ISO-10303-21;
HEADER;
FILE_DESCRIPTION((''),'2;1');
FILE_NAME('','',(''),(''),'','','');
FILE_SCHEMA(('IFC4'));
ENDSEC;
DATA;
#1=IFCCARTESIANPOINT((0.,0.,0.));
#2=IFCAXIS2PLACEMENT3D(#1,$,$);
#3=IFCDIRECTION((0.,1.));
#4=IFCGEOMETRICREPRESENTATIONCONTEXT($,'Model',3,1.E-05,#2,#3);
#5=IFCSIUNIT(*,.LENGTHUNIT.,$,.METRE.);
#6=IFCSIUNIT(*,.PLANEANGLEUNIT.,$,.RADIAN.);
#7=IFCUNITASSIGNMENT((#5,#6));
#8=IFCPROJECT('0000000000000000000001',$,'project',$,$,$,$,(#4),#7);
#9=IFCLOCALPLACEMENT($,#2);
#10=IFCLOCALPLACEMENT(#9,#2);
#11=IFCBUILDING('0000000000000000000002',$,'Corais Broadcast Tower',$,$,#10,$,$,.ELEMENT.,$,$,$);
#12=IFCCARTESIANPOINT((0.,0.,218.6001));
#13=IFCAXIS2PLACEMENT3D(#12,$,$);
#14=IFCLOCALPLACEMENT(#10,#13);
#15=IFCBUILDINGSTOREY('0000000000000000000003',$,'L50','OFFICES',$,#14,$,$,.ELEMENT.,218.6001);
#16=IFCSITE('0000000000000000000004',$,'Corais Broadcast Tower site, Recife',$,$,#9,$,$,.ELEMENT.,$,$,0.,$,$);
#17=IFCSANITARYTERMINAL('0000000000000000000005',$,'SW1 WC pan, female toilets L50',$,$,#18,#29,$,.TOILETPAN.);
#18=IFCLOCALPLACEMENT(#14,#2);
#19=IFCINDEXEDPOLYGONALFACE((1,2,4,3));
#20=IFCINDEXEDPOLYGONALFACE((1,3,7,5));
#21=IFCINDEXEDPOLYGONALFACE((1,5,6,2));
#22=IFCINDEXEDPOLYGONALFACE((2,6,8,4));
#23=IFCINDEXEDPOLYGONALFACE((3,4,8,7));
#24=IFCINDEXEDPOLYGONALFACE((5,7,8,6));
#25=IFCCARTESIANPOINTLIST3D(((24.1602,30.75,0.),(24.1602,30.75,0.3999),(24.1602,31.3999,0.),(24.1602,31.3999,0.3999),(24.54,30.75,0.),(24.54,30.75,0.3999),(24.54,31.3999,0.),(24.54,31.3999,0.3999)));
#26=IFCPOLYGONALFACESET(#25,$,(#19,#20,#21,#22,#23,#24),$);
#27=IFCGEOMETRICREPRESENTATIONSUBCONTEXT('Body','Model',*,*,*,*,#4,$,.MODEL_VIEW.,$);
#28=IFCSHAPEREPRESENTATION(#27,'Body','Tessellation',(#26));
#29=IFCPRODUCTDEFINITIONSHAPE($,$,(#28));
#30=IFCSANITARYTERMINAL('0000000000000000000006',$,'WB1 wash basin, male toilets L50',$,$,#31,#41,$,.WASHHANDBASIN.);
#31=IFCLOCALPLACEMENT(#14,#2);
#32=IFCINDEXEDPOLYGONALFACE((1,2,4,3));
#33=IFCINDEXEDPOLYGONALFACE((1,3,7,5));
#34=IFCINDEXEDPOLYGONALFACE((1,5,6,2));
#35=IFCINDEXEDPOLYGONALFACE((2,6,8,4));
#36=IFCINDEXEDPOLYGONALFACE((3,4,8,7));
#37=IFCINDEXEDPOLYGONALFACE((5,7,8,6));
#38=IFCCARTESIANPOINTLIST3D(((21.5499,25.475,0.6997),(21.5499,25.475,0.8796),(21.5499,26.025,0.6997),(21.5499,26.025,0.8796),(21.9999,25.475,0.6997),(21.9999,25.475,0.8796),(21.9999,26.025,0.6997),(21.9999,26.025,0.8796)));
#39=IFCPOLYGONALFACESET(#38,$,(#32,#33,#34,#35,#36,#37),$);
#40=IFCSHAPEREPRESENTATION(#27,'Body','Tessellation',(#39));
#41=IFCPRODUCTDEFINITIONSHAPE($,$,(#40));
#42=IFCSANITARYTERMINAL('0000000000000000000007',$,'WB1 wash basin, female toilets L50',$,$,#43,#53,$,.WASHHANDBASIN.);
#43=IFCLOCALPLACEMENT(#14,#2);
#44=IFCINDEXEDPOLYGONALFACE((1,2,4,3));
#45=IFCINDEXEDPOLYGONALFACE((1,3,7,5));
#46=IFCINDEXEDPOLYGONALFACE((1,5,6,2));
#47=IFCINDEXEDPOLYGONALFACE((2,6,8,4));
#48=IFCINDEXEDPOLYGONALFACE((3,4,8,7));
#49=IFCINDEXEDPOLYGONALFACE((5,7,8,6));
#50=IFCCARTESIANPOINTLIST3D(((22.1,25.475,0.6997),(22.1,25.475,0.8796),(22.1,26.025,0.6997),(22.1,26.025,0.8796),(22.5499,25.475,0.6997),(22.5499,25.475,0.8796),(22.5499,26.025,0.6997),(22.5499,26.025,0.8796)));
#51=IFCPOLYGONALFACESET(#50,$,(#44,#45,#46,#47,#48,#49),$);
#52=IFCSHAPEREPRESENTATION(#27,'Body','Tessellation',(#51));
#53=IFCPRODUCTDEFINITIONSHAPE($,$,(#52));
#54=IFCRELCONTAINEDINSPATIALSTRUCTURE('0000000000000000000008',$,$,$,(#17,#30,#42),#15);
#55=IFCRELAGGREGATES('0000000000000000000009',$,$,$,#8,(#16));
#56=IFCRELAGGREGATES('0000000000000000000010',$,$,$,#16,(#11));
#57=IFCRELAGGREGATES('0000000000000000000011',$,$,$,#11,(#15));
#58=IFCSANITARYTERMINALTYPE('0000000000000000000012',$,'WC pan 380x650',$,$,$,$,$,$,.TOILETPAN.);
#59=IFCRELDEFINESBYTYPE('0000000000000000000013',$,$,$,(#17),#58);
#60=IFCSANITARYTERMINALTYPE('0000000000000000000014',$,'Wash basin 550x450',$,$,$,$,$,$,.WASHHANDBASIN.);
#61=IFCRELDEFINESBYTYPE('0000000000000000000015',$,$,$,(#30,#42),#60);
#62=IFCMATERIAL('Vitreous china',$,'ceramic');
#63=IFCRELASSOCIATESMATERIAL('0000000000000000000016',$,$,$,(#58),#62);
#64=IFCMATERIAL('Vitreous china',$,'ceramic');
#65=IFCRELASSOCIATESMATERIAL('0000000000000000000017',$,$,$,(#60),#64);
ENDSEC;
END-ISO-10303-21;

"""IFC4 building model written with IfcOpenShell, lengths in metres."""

from ifc_helpers import new_model, si_unit, direction, frame, origin, origin_2d, place, context, subcontext, project, spatial, rectangle, extrude, material, type_object, element, save


model = new_model("IFC4")

# Units and contexts
model_context = context("Model", 3, precision=1e-05, world=origin(), true_north=direction((0.0, 1.0)))
body_context = subcontext(model_context, "Body", "Model", "MODEL_VIEW")
ifc_project = project(units=[si_unit("LENGTHUNIT", "METRE"), si_unit("PLANEANGLEUNIT", "RADIAN")], contexts=[model_context])

# Site, building, storey
site_placement = place(None, origin())
site = spatial("IfcSite", under=ifc_project, at=site_placement, Name="Corais Broadcast Tower site, Recife", CompositionType="ELEMENT", RefElevation=0.0)
building_placement = place(site_placement, origin())
building = spatial("IfcBuilding", under=site, at=building_placement, Name="Corais Broadcast Tower", CompositionType="ELEMENT")
storey_placement = place(building_placement, frame((0.0, 0.0, 218.6001)))
storey = spatial("IfcBuildingStorey", under=building, at=storey_placement, Name="L50", Description="OFFICES", CompositionType="ELEMENT", Elevation=218.6001)

# Sanitary terminals
ifc_material_1 = material(Name="Vitreous china", Category="ceramic")
sanitary_terminal_type_1 = type_object("IfcSanitaryTerminalType", Name="WC pan 380x650", PredefinedType="TOILETPAN", material=ifc_material_1)
for number, where, z_axis, x_axis, name in (
    (1, (24.3501, 31.075, 0.0), (0.0, 0.0, 1.0), (1.0, 0.0, 0.0), "SW1 WC pan, female toilets L50"),
):
    element("IfcSanitaryTerminal", number, at=place(storey_placement, frame(where, z_axis=z_axis, x_axis=x_axis)), inside=storey, type_object=sanitary_terminal_type_1, Name=name, PredefinedType="TOILETPAN", context=body_context, shape_type="SweptSolid", body=[
        extrude(rectangle(XDim=0.3799, YDim=0.6499, at=origin_2d()), origin(), (0.0, 0.0, 1.0), 0.3999),
    ])
ifc_material_2 = material(Name="Vitreous china", Category="ceramic")
sanitary_terminal_type_2 = type_object("IfcSanitaryTerminalType", Name="Wash basin 550x450", PredefinedType="WASHHANDBASIN", material=ifc_material_2)
for number, where, z_axis, x_axis, name in (
    (2, (21.7749, 25.75, 0.6997), (0.0, 0.0, 1.0), (1.0, 0.0, 0.0), "WB1 wash basin, male toilets L50"),
    (3, (22.325, 25.75, 0.6997), (0.0, 0.0, 1.0), (1.0, 0.0, 0.0), "WB1 wash basin, female toilets L50"),
):
    element("IfcSanitaryTerminal", number, at=place(storey_placement, frame(where, z_axis=z_axis, x_axis=x_axis)), inside=storey, type_object=sanitary_terminal_type_2, Name=name, PredefinedType="WASHHANDBASIN", context=body_context, shape_type="SweptSolid", body=[
        extrude(rectangle(XDim=0.45, YDim=0.55, at=origin_2d()), origin(), (0.0, 0.0, 1.0), 0.1799),
    ])

save(model, "model.ifc")
